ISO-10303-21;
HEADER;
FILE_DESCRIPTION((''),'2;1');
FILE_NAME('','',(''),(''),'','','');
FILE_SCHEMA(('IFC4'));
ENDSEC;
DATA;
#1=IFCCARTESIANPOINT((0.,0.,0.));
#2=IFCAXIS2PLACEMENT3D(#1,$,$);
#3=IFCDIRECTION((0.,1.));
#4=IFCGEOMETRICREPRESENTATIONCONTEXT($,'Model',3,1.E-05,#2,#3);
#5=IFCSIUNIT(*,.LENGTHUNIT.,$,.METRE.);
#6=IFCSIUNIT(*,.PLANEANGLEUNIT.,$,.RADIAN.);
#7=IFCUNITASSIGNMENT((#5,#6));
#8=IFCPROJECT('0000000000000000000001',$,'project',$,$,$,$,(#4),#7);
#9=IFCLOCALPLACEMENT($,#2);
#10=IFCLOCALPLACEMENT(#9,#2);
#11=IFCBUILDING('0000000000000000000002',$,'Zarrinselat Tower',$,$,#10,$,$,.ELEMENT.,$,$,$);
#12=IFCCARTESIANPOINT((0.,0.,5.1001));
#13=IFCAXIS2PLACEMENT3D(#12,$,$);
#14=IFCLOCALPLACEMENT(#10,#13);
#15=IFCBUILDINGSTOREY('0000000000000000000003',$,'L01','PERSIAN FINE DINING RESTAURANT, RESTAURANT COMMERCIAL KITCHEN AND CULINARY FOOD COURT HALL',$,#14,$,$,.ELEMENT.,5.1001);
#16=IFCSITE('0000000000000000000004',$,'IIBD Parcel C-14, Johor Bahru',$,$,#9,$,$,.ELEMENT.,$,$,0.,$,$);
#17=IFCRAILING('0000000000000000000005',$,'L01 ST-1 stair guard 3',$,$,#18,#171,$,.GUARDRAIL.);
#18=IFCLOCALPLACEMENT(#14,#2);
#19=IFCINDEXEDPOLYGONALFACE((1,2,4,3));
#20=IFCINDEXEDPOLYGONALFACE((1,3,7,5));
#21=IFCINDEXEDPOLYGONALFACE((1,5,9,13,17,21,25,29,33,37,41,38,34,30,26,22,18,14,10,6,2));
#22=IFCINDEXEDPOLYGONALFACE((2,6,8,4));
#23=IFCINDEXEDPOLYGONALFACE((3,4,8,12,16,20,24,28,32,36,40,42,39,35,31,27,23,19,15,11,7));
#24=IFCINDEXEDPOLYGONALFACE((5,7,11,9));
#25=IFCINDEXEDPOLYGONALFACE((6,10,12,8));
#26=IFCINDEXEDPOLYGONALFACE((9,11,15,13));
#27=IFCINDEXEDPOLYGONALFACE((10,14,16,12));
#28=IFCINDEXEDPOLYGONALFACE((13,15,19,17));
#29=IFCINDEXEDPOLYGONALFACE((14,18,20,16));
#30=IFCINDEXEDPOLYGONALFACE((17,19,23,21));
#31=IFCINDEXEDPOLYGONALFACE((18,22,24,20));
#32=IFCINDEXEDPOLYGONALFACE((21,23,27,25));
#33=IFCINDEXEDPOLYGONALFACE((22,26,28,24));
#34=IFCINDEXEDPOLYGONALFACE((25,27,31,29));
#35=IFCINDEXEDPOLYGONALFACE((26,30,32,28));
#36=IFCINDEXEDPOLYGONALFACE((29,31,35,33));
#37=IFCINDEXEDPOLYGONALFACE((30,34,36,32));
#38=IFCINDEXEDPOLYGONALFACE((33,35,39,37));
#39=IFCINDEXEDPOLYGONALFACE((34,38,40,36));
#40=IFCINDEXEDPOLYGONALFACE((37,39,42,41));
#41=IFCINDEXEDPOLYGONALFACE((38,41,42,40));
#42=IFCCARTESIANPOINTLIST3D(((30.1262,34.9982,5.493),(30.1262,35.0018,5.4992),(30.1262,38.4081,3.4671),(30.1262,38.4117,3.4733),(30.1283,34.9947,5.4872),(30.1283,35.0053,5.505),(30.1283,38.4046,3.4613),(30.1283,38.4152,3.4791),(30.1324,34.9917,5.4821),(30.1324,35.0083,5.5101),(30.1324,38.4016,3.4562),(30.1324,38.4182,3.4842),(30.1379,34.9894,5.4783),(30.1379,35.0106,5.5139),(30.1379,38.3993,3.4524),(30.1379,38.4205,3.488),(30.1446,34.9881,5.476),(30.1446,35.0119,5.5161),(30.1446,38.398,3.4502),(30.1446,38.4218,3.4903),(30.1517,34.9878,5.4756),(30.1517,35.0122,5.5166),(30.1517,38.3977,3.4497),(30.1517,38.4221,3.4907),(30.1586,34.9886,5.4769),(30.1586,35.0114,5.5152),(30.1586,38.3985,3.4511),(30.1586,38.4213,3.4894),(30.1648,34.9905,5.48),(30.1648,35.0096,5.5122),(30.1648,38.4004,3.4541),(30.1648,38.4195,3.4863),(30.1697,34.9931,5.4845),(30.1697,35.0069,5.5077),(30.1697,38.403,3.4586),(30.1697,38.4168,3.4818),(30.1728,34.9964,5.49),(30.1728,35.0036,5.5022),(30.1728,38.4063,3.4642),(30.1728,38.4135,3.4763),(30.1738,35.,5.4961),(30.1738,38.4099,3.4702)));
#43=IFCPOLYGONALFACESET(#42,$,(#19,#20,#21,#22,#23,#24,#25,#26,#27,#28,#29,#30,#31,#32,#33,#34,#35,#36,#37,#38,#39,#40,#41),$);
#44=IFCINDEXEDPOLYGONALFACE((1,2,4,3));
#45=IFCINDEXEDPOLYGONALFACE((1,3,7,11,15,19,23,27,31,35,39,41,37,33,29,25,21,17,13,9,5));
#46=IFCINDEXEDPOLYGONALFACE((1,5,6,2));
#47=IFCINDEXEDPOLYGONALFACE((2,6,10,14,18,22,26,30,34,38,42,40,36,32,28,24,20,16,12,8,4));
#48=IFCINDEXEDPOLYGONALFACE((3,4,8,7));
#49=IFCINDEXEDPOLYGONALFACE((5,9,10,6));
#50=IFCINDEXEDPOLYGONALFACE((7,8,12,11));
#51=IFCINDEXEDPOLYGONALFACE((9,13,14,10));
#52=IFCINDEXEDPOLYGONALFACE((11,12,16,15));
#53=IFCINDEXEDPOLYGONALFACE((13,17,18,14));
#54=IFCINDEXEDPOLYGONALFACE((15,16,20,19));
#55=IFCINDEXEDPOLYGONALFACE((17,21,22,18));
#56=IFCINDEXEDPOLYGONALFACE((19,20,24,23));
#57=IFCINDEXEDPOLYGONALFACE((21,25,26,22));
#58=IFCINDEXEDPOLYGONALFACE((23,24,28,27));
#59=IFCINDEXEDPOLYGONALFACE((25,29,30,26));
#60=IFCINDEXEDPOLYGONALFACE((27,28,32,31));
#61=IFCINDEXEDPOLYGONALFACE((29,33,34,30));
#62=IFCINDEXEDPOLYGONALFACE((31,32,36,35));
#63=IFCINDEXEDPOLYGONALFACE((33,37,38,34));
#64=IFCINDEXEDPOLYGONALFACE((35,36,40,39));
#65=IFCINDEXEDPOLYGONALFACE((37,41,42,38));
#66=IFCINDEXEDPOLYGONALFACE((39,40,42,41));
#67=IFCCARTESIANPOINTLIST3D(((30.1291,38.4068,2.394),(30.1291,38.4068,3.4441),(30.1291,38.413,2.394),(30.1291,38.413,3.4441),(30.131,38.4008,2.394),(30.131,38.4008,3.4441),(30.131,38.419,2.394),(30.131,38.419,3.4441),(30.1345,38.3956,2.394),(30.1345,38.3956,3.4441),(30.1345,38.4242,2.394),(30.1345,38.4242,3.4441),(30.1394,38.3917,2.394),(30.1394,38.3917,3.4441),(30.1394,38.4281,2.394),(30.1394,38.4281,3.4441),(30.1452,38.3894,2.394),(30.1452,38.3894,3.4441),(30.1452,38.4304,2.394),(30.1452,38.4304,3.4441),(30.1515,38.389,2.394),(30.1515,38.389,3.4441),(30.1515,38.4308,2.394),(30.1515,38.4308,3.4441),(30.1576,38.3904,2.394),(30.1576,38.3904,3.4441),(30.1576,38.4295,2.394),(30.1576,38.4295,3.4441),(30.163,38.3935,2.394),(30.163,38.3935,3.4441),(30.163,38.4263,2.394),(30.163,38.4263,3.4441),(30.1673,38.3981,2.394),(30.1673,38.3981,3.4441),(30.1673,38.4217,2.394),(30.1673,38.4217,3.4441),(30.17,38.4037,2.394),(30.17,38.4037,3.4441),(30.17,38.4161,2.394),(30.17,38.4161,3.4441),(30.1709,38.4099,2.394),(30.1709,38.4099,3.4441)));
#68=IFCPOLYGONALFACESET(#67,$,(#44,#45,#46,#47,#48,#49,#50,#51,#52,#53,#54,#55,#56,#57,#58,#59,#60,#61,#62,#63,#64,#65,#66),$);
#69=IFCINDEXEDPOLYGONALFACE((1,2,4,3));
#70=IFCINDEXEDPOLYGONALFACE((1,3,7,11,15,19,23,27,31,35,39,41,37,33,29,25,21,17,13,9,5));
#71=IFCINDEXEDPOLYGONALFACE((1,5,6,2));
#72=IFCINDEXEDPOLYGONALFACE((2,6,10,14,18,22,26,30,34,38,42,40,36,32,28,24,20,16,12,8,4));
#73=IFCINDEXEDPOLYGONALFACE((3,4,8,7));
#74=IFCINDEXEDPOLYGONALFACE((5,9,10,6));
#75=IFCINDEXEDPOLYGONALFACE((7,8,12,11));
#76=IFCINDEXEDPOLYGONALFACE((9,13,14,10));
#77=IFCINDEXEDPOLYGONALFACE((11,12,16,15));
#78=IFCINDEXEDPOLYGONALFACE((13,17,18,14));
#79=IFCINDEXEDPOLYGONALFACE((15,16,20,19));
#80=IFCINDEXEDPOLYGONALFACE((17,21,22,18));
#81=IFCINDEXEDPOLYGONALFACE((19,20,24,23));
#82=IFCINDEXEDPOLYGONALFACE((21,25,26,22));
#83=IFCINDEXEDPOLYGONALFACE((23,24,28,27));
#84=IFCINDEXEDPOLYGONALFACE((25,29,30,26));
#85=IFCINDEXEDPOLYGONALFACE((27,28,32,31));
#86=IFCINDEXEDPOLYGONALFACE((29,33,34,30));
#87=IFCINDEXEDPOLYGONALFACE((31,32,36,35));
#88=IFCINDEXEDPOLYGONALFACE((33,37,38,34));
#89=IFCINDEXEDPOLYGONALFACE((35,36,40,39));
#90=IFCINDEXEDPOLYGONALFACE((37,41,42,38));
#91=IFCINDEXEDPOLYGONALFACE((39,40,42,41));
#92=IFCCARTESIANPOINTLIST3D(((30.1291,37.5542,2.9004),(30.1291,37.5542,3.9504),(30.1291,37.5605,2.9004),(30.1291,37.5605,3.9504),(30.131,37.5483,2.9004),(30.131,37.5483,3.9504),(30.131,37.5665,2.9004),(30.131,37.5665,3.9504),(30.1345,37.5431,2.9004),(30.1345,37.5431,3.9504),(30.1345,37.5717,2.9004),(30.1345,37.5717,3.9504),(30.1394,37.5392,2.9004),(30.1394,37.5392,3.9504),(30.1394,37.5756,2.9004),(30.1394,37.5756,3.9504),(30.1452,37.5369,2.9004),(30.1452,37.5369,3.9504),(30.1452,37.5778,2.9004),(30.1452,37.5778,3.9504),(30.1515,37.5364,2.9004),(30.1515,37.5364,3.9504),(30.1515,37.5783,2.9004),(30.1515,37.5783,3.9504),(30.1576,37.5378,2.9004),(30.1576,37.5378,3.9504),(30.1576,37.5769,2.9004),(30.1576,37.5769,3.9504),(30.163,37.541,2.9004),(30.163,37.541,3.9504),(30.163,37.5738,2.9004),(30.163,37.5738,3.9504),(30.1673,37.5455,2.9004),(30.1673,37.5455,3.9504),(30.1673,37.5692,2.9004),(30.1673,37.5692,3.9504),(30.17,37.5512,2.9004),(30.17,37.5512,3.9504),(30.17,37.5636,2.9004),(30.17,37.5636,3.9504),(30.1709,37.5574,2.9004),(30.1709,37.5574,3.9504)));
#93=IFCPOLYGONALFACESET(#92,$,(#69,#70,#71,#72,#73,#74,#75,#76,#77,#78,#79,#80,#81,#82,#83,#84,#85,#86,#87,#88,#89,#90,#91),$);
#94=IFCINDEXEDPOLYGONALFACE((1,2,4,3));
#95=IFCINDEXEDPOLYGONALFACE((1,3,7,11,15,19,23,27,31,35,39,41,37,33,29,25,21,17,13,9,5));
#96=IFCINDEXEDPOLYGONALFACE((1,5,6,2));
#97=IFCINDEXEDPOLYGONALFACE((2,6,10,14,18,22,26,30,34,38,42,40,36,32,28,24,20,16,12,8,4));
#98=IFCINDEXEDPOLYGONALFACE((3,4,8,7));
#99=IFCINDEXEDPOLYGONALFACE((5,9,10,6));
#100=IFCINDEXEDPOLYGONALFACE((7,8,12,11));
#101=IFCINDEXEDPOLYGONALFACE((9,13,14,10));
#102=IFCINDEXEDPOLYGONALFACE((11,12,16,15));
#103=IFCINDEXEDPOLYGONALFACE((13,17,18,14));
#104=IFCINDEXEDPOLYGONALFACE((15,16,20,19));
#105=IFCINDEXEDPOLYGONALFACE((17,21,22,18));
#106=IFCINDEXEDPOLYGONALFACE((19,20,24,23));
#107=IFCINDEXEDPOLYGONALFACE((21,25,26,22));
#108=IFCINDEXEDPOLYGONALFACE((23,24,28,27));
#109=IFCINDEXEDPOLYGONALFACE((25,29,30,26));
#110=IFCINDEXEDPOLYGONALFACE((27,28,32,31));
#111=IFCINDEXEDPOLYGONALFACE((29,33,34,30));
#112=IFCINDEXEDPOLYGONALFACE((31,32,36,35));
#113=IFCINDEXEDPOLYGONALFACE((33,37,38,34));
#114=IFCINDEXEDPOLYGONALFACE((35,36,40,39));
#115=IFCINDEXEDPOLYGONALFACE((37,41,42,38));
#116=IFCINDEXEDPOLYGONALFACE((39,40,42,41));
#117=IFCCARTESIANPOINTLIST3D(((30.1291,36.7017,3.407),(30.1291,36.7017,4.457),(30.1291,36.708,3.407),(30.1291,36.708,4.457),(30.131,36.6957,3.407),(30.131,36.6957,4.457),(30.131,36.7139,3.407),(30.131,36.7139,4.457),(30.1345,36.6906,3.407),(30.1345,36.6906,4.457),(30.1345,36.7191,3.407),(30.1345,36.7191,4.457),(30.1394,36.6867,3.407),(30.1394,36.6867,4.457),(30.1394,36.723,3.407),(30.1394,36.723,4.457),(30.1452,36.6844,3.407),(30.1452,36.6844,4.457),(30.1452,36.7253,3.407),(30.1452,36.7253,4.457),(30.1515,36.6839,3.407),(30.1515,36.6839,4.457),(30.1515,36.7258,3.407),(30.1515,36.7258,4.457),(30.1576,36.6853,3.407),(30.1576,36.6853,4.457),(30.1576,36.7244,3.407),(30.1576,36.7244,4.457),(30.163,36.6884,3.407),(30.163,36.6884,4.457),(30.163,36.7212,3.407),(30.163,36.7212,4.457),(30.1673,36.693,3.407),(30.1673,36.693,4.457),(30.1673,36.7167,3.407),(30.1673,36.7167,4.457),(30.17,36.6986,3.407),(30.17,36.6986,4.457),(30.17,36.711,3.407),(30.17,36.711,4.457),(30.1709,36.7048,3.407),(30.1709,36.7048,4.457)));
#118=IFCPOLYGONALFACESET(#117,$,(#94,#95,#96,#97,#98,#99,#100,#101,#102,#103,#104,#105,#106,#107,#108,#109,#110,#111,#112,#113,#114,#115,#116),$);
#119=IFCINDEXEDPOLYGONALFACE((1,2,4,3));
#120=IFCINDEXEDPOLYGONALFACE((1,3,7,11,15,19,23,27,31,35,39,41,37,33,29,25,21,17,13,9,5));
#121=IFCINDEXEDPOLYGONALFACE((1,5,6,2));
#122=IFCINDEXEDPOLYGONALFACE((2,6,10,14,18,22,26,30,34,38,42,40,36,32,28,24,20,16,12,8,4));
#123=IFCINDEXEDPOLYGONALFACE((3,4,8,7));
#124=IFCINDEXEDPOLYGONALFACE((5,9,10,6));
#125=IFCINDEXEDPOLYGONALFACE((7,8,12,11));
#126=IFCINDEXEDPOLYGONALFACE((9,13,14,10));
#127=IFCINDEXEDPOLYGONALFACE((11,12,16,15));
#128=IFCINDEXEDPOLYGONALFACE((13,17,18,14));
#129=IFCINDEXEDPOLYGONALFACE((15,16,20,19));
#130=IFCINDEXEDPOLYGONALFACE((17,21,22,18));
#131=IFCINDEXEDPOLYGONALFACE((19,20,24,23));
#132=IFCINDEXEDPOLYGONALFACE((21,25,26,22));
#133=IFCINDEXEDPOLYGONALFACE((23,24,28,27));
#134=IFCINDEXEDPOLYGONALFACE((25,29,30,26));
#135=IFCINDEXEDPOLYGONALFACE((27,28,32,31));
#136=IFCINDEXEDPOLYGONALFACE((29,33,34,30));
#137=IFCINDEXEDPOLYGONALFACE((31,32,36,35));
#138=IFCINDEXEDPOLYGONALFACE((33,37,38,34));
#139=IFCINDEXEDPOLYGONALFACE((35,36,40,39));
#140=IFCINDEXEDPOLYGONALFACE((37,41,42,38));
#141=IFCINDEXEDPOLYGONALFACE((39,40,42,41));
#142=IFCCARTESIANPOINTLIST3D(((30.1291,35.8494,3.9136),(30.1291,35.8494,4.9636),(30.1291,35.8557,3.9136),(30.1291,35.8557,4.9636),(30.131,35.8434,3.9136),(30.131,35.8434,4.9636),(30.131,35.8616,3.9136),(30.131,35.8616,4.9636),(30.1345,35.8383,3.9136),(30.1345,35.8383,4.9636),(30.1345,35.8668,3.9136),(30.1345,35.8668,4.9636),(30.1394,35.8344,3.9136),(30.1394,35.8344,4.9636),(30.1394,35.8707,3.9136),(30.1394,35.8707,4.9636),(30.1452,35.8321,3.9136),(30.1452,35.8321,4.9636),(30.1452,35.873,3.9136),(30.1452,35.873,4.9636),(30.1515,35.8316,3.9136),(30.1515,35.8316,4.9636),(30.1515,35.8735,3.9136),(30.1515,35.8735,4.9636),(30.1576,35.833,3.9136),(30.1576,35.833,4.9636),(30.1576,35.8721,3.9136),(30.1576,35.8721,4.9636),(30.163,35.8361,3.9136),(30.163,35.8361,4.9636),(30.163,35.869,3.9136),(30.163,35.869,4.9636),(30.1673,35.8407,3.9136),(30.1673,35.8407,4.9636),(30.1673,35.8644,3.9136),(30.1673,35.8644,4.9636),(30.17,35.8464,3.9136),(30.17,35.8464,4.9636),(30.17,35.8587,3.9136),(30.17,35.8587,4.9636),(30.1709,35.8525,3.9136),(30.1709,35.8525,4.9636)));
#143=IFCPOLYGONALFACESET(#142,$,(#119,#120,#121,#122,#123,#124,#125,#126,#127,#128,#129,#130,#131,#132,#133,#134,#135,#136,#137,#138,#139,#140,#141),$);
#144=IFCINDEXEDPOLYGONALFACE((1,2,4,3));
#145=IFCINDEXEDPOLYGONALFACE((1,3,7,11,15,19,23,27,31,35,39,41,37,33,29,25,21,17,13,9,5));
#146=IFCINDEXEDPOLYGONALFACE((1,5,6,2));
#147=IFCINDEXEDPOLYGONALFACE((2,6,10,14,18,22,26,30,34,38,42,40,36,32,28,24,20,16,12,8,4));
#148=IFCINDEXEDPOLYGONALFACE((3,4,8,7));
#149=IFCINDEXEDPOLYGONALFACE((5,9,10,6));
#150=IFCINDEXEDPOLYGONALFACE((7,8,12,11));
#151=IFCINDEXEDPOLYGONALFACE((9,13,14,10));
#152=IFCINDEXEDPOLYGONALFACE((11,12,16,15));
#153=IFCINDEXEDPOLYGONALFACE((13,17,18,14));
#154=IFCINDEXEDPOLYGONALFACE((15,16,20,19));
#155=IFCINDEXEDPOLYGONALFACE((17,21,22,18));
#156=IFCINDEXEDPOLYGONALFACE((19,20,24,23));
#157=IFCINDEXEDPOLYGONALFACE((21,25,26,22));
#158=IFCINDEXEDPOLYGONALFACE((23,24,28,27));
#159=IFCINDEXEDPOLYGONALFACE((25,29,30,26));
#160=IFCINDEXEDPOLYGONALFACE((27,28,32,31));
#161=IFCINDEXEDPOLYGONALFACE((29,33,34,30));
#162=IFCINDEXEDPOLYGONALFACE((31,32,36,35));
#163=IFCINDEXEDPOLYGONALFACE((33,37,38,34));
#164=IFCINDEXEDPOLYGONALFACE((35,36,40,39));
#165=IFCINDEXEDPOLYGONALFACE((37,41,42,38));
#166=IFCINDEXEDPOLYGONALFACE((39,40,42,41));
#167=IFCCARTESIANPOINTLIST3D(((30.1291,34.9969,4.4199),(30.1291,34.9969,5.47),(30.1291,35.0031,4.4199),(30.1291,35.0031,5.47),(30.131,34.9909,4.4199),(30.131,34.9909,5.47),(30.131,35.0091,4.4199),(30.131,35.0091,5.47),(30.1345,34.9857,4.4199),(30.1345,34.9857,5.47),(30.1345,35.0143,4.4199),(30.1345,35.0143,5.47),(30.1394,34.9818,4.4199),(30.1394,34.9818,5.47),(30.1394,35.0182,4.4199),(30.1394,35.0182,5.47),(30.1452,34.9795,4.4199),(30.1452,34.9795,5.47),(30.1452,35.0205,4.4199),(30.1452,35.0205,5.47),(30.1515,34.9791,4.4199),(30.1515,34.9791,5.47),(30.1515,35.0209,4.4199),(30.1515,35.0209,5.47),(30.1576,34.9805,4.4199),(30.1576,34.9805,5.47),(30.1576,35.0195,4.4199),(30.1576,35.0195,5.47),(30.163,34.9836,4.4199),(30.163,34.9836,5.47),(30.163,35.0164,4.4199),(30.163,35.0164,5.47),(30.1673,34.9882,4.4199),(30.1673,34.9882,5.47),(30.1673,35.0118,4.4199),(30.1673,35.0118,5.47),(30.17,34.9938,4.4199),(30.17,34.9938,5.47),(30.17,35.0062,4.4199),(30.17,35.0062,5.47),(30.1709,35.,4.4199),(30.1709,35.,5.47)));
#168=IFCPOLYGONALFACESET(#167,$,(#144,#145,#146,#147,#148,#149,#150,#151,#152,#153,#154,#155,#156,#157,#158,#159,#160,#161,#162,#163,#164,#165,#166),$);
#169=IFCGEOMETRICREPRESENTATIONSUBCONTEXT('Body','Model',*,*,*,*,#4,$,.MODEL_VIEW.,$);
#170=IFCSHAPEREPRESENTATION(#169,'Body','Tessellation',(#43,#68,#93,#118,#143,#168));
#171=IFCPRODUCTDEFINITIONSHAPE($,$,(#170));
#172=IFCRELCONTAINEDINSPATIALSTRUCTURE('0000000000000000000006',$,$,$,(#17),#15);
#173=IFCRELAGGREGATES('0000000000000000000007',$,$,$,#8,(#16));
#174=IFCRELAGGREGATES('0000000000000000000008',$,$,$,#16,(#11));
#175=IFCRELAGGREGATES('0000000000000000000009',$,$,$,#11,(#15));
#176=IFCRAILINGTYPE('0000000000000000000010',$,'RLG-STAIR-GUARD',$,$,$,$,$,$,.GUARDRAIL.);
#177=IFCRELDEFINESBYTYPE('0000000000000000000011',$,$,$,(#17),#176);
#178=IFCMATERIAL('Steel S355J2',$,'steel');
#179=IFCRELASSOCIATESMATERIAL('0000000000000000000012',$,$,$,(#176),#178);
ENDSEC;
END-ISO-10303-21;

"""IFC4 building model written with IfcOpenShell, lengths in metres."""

from ifc_helpers import new_model, si_unit, direction, frame, origin, origin_2d, place, context, subcontext, project, spatial, circle, extrude, material, type_object, element, save


model = new_model("IFC4")

# Units and contexts
model_context = context("Model", 3, precision=1e-05, world=origin(), true_north=direction((0.0, 1.0)))
body_context = subcontext(model_context, "Body", "Model", "MODEL_VIEW")
ifc_project = project(units=[si_unit("LENGTHUNIT", "METRE"), si_unit("PLANEANGLEUNIT", "RADIAN")], contexts=[model_context])

# Site, building, storey
site_placement = place(None, origin())
site = spatial("IfcSite", under=ifc_project, at=site_placement, Name="IIBD Parcel C-14, Johor Bahru", CompositionType="ELEMENT", RefElevation=0.0)
building_placement = place(site_placement, origin())
building = spatial("IfcBuilding", under=site, at=building_placement, Name="Zarrinselat Tower", CompositionType="ELEMENT")
storey_placement = place(building_placement, frame((0.0, 0.0, 5.1001)))
storey = spatial("IfcBuildingStorey", under=building, at=storey_placement, Name="L01", Description="PERSIAN FINE DINING RESTAURANT, RESTAURANT COMMERCIAL KITCHEN AND CULINARY FOOD COURT HALL", CompositionType="ELEMENT", Elevation=5.1001)

# Railing
ifc_material_1 = material(Name="Steel S355J2", Category="steel")
railing_type_1 = type_object("IfcRailingType", Name="RLG-STAIR-GUARD", PredefinedType="GUARDRAIL", material=ifc_material_1)
railing_1_placement = place(storey_placement, frame((30.1499, 38.4099, 2.394)))
element("IfcRailing", 1, at=railing_1_placement, inside=storey, type_object=railing_type_1, Name="L01 ST-1 stair guard 3", PredefinedType="GUARDRAIL", context=body_context, shape_type="SweptSolid", body=[
    extrude(circle(Radius=0.0239, at=origin_2d()), frame((0.0, 0.0, 1.0762), z_axis=(0.0, -0.859717, 0.510771), x_axis=(1.0, 0.0, 0.0)), (0.0, 0.0, 1.0), 3.9663),
    extrude(circle(Radius=0.021, at=origin_2d()), origin(), (0.0, 0.0, 1.0), 1.05),
    extrude(circle(Radius=0.021, at=origin_2d()), frame((0.0, -0.8525, 0.5063)), (0.0, 0.0, 1.0), 1.05),
    extrude(circle(Radius=0.021, at=origin_2d()), frame((0.0, -1.7051, 1.0129)), (0.0, 0.0, 1.0), 1.05),
    extrude(circle(Radius=0.021, at=origin_2d()), frame((0.0, -2.5574, 1.5195)), (0.0, 0.0, 1.0), 1.05),
    extrude(circle(Radius=0.021, at=origin_2d()), frame((0.0, -3.4099, 2.0259)), (0.0, 0.0, 1.0), 1.05),
])

save(model, "model.ifc")
